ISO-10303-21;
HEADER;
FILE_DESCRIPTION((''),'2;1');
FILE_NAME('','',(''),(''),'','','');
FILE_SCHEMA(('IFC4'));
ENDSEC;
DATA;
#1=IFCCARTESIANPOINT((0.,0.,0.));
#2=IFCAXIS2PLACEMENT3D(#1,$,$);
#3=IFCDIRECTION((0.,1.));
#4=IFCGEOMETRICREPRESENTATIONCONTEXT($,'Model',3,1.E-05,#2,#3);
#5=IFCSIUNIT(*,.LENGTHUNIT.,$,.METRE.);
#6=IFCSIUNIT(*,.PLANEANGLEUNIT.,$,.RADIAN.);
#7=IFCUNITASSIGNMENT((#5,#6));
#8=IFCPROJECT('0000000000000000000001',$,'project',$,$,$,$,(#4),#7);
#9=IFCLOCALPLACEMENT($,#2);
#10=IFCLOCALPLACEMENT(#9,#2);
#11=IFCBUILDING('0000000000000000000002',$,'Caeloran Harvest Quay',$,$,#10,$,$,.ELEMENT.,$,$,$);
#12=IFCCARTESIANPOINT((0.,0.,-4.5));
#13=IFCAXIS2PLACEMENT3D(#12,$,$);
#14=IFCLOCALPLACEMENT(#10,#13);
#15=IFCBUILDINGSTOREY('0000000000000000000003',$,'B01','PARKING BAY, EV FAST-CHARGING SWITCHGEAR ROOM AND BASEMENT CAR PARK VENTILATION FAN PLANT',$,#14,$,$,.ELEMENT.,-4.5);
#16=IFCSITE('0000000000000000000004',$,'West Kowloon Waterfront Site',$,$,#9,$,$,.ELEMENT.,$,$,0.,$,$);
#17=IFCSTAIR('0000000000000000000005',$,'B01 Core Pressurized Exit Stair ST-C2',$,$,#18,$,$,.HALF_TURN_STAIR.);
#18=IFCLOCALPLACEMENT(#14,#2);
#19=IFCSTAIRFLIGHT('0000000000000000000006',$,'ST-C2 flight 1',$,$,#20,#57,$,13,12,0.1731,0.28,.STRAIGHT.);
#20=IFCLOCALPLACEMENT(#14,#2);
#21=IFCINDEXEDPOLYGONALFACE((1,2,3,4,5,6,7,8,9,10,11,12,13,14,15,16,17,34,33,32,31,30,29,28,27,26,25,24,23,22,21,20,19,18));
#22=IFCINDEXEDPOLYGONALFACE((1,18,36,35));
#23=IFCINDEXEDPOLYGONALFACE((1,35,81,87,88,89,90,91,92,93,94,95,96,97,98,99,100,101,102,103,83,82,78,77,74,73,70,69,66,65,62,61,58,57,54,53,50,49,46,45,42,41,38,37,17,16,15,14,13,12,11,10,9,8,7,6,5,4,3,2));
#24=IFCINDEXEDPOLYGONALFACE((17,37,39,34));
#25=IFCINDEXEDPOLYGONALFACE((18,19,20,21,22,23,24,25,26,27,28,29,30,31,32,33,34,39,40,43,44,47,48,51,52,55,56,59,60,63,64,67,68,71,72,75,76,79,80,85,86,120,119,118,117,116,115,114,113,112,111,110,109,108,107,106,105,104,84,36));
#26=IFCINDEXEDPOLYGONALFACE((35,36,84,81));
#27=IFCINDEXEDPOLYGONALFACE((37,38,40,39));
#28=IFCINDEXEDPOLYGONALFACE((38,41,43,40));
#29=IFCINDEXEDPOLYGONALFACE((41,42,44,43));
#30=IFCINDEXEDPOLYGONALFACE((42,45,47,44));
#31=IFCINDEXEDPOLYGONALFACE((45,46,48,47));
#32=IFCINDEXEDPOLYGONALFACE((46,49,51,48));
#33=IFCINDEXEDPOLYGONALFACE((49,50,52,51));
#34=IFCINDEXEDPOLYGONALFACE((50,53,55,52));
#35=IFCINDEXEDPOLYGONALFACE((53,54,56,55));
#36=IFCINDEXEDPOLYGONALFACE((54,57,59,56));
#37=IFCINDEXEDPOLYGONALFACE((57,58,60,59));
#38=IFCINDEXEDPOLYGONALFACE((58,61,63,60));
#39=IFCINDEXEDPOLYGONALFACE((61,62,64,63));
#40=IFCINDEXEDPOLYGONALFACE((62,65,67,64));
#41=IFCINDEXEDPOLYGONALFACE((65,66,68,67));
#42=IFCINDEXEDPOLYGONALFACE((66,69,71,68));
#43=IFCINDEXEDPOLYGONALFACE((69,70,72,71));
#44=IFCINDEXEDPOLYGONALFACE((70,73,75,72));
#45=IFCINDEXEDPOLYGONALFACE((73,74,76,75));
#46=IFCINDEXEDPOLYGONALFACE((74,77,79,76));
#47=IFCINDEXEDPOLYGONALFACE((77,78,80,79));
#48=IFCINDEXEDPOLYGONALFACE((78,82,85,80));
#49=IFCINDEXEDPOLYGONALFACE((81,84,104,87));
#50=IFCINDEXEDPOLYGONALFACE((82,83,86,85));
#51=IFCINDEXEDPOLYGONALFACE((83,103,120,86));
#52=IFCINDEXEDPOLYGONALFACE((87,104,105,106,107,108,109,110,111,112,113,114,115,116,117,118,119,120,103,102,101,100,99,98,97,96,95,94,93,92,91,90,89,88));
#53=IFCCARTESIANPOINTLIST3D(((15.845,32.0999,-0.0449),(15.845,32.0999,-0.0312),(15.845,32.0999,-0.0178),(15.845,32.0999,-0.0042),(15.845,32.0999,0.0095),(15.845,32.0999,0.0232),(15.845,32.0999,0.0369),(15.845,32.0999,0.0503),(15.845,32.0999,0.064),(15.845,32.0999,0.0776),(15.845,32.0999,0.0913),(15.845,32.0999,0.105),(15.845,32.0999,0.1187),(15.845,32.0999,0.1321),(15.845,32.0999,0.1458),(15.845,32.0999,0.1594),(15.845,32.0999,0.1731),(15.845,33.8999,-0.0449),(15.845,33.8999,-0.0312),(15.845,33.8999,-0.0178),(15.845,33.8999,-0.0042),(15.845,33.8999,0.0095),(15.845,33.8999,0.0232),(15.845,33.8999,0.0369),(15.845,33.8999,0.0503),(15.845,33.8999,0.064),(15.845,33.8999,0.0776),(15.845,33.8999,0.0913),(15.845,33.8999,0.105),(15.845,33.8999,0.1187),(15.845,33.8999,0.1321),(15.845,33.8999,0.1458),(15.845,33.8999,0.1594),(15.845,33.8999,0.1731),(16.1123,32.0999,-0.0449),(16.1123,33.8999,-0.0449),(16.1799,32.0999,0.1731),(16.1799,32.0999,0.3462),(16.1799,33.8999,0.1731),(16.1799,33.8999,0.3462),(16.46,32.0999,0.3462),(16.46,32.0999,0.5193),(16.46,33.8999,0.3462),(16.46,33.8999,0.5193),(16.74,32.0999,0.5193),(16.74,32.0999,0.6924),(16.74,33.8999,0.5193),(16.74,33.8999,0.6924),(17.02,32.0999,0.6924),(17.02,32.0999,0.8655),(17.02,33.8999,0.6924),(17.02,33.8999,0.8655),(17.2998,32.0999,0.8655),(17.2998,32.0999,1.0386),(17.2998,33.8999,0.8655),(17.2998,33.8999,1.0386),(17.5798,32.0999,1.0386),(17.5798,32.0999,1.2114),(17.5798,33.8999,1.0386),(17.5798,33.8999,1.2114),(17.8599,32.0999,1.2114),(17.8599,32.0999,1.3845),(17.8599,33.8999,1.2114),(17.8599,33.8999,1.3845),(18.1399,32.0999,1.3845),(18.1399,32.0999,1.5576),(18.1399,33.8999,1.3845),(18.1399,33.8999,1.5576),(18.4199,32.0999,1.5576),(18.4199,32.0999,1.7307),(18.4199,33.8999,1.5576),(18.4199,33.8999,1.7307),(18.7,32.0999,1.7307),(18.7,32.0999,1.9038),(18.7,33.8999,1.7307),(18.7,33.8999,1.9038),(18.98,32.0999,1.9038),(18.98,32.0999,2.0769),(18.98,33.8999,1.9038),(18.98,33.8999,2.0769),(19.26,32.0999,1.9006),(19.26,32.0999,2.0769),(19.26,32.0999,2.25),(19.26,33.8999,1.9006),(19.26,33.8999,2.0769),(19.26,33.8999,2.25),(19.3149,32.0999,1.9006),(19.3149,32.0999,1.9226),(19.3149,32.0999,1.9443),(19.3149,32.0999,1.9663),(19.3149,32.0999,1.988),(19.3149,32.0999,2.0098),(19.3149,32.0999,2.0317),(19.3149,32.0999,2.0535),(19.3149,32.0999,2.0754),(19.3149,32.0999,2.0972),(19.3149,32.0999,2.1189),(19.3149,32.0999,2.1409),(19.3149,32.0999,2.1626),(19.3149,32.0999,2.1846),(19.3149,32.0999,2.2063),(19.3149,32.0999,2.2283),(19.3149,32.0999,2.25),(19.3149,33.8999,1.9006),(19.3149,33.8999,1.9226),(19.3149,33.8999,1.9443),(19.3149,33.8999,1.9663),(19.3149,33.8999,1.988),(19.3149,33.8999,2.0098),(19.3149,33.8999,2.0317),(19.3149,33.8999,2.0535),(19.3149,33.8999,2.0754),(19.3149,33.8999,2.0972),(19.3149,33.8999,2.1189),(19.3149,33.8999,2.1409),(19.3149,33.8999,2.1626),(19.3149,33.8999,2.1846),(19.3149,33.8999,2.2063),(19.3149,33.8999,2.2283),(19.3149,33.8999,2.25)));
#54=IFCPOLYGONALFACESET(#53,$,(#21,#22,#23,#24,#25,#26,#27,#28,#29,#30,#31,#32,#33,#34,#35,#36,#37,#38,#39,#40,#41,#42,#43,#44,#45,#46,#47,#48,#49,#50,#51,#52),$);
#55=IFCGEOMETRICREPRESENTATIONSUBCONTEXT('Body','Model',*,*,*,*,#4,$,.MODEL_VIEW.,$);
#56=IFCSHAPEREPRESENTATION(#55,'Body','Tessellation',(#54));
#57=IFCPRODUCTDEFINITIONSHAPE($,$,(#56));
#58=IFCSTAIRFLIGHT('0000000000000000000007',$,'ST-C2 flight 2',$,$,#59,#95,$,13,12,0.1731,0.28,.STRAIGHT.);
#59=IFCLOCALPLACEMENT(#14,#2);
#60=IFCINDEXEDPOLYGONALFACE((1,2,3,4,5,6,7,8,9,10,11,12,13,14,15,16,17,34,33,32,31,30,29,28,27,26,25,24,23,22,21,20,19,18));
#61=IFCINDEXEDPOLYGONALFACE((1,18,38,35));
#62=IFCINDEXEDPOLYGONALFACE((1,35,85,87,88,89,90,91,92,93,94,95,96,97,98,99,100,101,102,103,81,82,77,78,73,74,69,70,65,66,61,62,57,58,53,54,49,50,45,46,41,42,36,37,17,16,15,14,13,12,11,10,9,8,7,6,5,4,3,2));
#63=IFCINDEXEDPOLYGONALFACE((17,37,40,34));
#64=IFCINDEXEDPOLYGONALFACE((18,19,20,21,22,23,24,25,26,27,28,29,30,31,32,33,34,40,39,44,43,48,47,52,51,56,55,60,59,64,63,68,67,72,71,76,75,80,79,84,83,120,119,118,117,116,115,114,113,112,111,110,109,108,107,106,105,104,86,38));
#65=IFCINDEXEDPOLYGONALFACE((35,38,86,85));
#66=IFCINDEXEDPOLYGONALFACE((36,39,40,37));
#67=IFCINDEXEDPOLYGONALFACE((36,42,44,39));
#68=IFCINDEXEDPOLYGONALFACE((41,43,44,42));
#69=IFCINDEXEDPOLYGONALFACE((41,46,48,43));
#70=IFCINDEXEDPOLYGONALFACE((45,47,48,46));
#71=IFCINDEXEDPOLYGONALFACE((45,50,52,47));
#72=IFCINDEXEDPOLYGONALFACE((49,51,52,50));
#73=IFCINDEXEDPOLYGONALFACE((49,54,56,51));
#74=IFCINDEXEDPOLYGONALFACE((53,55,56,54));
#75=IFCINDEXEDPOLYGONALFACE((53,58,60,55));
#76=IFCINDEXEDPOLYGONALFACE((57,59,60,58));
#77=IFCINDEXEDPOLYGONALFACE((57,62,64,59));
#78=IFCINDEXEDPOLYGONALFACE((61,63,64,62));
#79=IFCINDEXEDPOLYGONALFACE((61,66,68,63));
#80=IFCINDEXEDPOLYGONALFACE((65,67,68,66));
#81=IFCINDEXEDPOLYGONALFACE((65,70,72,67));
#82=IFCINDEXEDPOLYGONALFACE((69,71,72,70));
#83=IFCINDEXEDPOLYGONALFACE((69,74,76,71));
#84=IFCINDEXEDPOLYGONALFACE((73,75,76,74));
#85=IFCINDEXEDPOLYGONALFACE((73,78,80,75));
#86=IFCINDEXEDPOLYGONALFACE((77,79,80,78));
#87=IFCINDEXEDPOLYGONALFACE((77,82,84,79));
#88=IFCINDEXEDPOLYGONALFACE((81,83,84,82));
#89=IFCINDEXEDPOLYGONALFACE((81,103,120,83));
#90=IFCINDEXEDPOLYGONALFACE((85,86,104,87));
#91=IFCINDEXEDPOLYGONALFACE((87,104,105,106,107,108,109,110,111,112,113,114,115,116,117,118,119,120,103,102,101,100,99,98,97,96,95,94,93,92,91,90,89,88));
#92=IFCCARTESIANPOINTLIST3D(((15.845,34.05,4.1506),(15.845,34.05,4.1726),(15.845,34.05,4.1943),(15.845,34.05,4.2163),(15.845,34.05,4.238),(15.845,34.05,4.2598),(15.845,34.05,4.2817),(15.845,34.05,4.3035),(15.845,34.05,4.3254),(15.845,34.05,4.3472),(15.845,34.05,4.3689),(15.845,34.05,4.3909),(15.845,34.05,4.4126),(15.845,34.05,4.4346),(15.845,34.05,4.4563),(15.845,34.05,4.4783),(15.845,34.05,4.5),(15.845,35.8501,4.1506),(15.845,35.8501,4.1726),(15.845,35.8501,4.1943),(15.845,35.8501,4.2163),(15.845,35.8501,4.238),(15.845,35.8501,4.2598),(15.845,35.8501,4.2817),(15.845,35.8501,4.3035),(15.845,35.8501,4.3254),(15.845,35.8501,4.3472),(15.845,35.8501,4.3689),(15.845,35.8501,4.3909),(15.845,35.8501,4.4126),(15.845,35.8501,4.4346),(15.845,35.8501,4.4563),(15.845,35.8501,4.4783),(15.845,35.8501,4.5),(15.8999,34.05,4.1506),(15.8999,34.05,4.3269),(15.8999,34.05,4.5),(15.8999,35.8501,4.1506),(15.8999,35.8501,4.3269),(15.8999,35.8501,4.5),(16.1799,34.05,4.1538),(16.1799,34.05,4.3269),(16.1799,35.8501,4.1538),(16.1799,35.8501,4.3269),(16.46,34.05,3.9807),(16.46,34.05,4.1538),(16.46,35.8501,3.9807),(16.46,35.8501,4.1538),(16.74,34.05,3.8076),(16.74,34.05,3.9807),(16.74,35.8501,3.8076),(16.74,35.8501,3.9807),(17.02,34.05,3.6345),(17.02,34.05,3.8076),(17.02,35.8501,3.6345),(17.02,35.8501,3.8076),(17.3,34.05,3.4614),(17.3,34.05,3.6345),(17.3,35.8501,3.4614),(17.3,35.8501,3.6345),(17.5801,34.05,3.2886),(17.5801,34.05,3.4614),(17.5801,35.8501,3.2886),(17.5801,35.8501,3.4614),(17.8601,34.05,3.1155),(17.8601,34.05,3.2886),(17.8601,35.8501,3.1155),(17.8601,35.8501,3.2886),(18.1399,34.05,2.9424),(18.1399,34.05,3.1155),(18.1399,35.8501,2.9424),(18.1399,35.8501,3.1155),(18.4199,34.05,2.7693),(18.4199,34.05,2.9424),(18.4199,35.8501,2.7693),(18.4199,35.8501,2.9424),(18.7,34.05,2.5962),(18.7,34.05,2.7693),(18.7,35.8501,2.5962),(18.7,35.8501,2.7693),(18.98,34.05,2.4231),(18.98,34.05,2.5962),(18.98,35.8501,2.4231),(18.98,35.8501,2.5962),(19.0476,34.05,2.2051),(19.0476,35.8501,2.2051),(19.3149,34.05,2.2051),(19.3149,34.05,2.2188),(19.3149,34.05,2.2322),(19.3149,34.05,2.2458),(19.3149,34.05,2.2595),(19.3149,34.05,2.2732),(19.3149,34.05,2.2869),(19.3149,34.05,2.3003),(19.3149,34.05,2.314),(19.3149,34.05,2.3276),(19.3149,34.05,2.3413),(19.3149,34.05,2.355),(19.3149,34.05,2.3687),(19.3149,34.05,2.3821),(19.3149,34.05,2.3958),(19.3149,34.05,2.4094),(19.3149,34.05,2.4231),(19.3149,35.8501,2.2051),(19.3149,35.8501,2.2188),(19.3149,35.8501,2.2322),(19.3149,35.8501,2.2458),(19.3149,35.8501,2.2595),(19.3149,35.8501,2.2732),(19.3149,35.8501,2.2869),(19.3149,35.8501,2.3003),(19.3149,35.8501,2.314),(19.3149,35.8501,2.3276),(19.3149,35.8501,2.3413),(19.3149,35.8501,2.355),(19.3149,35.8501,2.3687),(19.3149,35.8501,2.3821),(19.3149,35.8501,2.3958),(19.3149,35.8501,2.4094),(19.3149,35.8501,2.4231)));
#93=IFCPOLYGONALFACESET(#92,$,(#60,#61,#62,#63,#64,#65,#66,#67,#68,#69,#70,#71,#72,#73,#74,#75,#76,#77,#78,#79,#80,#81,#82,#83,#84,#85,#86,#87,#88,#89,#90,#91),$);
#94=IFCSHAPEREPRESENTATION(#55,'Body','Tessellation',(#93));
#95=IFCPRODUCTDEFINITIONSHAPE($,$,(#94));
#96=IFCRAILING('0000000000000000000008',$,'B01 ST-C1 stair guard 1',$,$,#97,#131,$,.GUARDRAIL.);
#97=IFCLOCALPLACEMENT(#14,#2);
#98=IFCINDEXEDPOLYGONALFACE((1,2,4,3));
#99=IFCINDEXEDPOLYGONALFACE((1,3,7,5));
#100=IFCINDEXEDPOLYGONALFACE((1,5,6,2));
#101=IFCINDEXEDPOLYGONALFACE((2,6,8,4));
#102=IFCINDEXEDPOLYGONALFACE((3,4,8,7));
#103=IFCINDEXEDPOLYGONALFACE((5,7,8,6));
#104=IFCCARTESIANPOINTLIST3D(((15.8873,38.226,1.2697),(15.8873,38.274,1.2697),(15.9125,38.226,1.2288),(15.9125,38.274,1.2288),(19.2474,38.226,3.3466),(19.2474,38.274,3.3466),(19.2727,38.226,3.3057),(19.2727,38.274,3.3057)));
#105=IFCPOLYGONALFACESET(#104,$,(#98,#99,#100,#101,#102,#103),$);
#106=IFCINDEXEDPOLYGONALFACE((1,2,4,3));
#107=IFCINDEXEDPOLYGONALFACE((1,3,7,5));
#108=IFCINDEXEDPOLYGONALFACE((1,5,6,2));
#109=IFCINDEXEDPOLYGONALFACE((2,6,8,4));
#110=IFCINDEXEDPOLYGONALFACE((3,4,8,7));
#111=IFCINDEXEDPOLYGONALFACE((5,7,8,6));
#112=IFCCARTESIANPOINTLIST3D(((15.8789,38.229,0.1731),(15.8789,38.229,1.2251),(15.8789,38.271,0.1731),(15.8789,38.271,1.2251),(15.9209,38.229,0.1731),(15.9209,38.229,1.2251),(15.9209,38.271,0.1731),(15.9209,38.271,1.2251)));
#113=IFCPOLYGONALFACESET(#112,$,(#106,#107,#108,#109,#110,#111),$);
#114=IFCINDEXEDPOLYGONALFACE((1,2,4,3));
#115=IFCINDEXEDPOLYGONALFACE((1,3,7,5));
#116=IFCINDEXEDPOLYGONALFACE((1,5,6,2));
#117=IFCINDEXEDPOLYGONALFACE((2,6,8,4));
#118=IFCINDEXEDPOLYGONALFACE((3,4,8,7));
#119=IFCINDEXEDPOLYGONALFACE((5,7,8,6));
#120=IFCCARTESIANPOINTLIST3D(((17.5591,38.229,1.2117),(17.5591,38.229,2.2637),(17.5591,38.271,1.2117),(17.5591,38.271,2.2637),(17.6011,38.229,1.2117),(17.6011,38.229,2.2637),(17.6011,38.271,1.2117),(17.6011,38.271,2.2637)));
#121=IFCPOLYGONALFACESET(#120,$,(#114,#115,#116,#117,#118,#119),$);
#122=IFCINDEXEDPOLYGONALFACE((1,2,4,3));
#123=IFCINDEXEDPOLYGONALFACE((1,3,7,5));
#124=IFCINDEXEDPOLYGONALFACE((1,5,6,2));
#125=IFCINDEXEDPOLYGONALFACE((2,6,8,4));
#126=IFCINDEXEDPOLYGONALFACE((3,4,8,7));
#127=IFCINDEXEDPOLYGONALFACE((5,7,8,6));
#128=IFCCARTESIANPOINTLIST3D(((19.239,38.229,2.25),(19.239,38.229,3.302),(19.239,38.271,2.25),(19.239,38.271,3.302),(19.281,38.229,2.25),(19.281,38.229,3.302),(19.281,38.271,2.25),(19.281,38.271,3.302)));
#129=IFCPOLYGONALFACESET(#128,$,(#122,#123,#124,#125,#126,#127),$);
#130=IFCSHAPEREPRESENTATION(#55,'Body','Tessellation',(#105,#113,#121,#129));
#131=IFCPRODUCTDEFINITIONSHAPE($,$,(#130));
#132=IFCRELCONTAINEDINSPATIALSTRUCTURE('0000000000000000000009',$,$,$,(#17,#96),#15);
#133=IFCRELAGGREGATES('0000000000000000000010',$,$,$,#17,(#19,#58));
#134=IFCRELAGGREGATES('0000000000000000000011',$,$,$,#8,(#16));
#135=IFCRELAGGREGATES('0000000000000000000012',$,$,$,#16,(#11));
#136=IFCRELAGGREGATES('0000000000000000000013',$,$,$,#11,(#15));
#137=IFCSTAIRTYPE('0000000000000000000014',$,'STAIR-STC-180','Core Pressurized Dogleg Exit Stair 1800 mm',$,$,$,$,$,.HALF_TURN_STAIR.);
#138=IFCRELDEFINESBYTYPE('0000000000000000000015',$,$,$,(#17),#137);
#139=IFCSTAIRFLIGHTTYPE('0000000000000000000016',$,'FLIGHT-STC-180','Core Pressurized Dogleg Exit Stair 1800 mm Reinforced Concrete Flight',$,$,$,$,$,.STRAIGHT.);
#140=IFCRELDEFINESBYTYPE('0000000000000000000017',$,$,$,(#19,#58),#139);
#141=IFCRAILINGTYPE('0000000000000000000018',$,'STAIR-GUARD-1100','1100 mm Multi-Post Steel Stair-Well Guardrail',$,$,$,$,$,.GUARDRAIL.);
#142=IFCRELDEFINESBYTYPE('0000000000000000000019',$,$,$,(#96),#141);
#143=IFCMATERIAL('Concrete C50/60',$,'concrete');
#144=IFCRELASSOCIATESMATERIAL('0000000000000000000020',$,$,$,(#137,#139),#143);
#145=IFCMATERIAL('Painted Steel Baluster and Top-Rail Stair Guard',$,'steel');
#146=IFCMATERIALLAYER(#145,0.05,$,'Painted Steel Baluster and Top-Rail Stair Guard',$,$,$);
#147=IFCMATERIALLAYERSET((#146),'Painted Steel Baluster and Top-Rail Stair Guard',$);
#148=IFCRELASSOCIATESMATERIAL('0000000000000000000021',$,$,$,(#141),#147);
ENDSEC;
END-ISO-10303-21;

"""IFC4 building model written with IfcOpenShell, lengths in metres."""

from ifc_helpers import new_model, si_unit, direction, frame, origin, origin_2d, place, context, subcontext, project, spatial, polyline, rectangle, outline, extrude, material, layer, layer_set, type_object, element, aggregate, save


model = new_model("IFC4")

# Units and contexts
model_context = context("Model", 3, precision=1e-05, world=origin(), true_north=direction((0.0, 1.0)))
body_context = subcontext(model_context, "Body", "Model", "MODEL_VIEW")
ifc_project = project(units=[si_unit("LENGTHUNIT", "METRE"), si_unit("PLANEANGLEUNIT", "RADIAN")], contexts=[model_context])

# Site, building, storey
site_placement = place(None, origin())
site = spatial("IfcSite", under=ifc_project, at=site_placement, Name="West Kowloon Waterfront Site", CompositionType="ELEMENT", RefElevation=0.0)
building_placement = place(site_placement, origin())
building = spatial("IfcBuilding", under=site, at=building_placement, Name="Caeloran Harvest Quay", CompositionType="ELEMENT")
storey_placement = place(building_placement, frame((0.0, 0.0, -4.5)))
storey = spatial("IfcBuildingStorey", under=building, at=storey_placement, Name="B01", Description="PARKING BAY, EV FAST-CHARGING SWITCHGEAR ROOM AND BASEMENT CAR PARK VENTILATION FAN PLANT", CompositionType="ELEMENT", Elevation=-4.5)

# Shared definitions
ifc_material_1 = material(Name="Concrete C50/60", Category="concrete")

# Stair, stair flights
stair_type = type_object("IfcStairType", Name="STAIR-STC-180", Description="Core Pressurized Dogleg Exit Stair 1800 mm", PredefinedType="HALF_TURN_STAIR", material=ifc_material_1)
stair_flight_type = type_object("IfcStairFlightType", Name="FLIGHT-STC-180", Description="Core Pressurized Dogleg Exit Stair 1800 mm Reinforced Concrete Flight", PredefinedType="STRAIGHT", material=ifc_material_1)
stair_1_placement = place(storey_placement, origin())
stair_1 = element("IfcStair", 1, at=stair_1_placement, inside=storey, type_object=stair_type, Name="B01 Core Pressurized Exit Stair ST-C2", PredefinedType="HALF_TURN_STAIR")
stair_flight_1_placement = place(storey_placement, frame((15.8999, 33.0, 0.0), z_axis=(0.0, 0.0, 1.0), x_axis=(1.0, 0.0, 0.0)))
stair_flight_1 = element("IfcStairFlight", 2, at=stair_flight_1_placement, type_object=stair_flight_type, Name="ST-C2 flight 1", NumberOfRisers=13, NumberOfTreads=12, PredefinedType="STRAIGHT", RiserHeight=0.1731, TreadLength=0.28, context=body_context, shape_type="SweptSolid", body=[
    extrude(outline(polyline([(-0.0549, -0.0449), (-0.0549, -0.0312), (-0.0549, -0.0178), (-0.0549, -0.0042), (-0.0549, 0.0095), (-0.0549, 0.0232), (-0.0549, 0.0369), (-0.0549, 0.0503), (-0.0549, 0.064), (-0.0549, 0.0776), (-0.0549, 0.0913), (-0.0549, 0.105), (-0.0549, 0.1187), (-0.0549, 0.1321), (-0.0549, 0.1458), (-0.0549, 0.1594), (-0.0549, 0.1731), (0.28, 0.1731), (0.28, 0.3462), (0.5601, 0.3462), (0.5601, 0.5193), (0.8401, 0.5193), (0.8401, 0.6924), (1.1201, 0.6924), (1.1201, 0.8655), (1.3999, 0.8655), (1.3999, 1.0386), (1.6799, 1.0386), (1.6799, 1.2114), (1.96, 1.2114), (1.96, 1.3845), (2.24, 1.3845), (2.24, 1.5576), (2.52, 1.5576), (2.52, 1.7307), (2.8, 1.7307), (2.8, 1.9038), (3.0801, 1.9038), (3.0801, 2.0769), (3.3601, 2.0769), (3.3601, 2.25), (3.415, 2.25), (3.415, 2.2283), (3.415, 2.2063), (3.415, 2.1846), (3.415, 2.1626), (3.415, 2.1409), (3.415, 2.1189), (3.415, 2.0972), (3.415, 2.0754), (3.415, 2.0535), (3.415, 2.0317), (3.415, 2.0098), (3.415, 1.988), (3.415, 1.9663), (3.415, 1.9443), (3.415, 1.9226), (3.415, 1.9006), (3.3601, 1.9006), (0.2124, -0.0449), (-0.0549, -0.0449)])), frame((0.0, 0.8999, 0.0), z_axis=(0.0, -1.0, 0.0), x_axis=(1.0, 0.0, 0.0)), (0.0, 0.0, 1.0), 1.8),
])
stair_flight_2_placement = place(storey_placement, frame((19.26, 34.95, 2.25), z_axis=(0.0, 0.0, 1.0), x_axis=(-1.0, 0.0, 0.0)))
stair_flight_2 = element("IfcStairFlight", 3, at=stair_flight_2_placement, type_object=stair_flight_type, Name="ST-C2 flight 2", NumberOfRisers=13, NumberOfTreads=12, PredefinedType="STRAIGHT", RiserHeight=0.1731, TreadLength=0.28, context=body_context, shape_type="SweptSolid", body=[
    extrude(outline(polyline([(-0.0549, -0.0449), (-0.0549, -0.0312), (-0.0549, -0.0178), (-0.0549, -0.0042), (-0.0549, 0.0095), (-0.0549, 0.0232), (-0.0549, 0.0369), (-0.0549, 0.0503), (-0.0549, 0.064), (-0.0549, 0.0776), (-0.0549, 0.0913), (-0.0549, 0.105), (-0.0549, 0.1187), (-0.0549, 0.1321), (-0.0549, 0.1458), (-0.0549, 0.1594), (-0.0549, 0.1731), (0.28, 0.1731), (0.28, 0.3462), (0.5601, 0.3462), (0.5601, 0.5193), (0.8401, 0.5193), (0.8401, 0.6924), (1.1201, 0.6924), (1.1201, 0.8655), (1.3999, 0.8655), (1.3999, 1.0386), (1.6799, 1.0386), (1.6799, 1.2114), (1.96, 1.2114), (1.96, 1.3845), (2.24, 1.3845), (2.24, 1.5576), (2.52, 1.5576), (2.52, 1.7307), (2.8, 1.7307), (2.8, 1.9038), (3.0801, 1.9038), (3.0801, 2.0769), (3.3601, 2.0769), (3.3601, 2.25), (3.415, 2.25), (3.415, 2.2283), (3.415, 2.2063), (3.415, 2.1846), (3.415, 2.1626), (3.415, 2.1409), (3.415, 2.1189), (3.415, 2.0972), (3.415, 2.0754), (3.415, 2.0535), (3.415, 2.0317), (3.415, 2.0098), (3.415, 1.988), (3.415, 1.9663), (3.415, 1.9443), (3.415, 1.9226), (3.415, 1.9006), (3.3601, 1.9006), (0.2124, -0.0449), (-0.0549, -0.0449)])), frame((0.0, 0.8999, 0.0), z_axis=(0.0, -1.0, 0.0), x_axis=(1.0, 0.0, 0.0)), (0.0, 0.0, 1.0), 1.8),
])
aggregate(stair_1, [stair_flight_1, stair_flight_2])

# Railing
ifc_material_2 = material(Name="Painted Steel Baluster and Top-Rail Stair Guard", Category="steel")
ifc_layer_1 = layer(ifc_material_2, 0.05, Name="Painted Steel Baluster and Top-Rail Stair Guard")
ifc_layer_set_1 = layer_set([ifc_layer_1], Name="Painted Steel Baluster and Top-Rail Stair Guard")
railing_type_1 = type_object("IfcRailingType", Name="STAIR-GUARD-1100", Description="1100 mm Multi-Post Steel Stair-Well Guardrail", PredefinedType="GUARDRAIL", material=ifc_layer_set_1)
railing_1_placement = place(storey_placement, frame((15.8999, 38.25, 0.1731)))
element("IfcRailing", 4, at=railing_1_placement, inside=storey, type_object=railing_type_1, Name="B01 ST-C1 stair guard 1", PredefinedType="GUARDRAIL", context=body_context, shape_type="SweptSolid", body=[
    extrude(rectangle(XDim=0.0481, YDim=0.0481, at=origin_2d()), frame((0.0, 0.0, 1.0762), z_axis=(0.850623, 0.0, 0.525776), x_axis=(0.0, 1.0, 0.0)), (0.0, 0.0, 1.0), 3.9502),
    extrude(rectangle(XDim=0.042, YDim=0.042, at=origin_2d()), origin(), (0.0, 0.0, 1.0), 1.052),
    extrude(rectangle(XDim=0.042, YDim=0.042, at=origin_2d()), frame((1.6802, 0.0, 1.0386)), (0.0, 0.0, 1.0), 1.052),
    extrude(rectangle(XDim=0.042, YDim=0.042, at=origin_2d()), frame((3.3601, 0.0, 2.0769)), (0.0, 0.0, 1.0), 1.052),
])

save(model, "model.ifc")
